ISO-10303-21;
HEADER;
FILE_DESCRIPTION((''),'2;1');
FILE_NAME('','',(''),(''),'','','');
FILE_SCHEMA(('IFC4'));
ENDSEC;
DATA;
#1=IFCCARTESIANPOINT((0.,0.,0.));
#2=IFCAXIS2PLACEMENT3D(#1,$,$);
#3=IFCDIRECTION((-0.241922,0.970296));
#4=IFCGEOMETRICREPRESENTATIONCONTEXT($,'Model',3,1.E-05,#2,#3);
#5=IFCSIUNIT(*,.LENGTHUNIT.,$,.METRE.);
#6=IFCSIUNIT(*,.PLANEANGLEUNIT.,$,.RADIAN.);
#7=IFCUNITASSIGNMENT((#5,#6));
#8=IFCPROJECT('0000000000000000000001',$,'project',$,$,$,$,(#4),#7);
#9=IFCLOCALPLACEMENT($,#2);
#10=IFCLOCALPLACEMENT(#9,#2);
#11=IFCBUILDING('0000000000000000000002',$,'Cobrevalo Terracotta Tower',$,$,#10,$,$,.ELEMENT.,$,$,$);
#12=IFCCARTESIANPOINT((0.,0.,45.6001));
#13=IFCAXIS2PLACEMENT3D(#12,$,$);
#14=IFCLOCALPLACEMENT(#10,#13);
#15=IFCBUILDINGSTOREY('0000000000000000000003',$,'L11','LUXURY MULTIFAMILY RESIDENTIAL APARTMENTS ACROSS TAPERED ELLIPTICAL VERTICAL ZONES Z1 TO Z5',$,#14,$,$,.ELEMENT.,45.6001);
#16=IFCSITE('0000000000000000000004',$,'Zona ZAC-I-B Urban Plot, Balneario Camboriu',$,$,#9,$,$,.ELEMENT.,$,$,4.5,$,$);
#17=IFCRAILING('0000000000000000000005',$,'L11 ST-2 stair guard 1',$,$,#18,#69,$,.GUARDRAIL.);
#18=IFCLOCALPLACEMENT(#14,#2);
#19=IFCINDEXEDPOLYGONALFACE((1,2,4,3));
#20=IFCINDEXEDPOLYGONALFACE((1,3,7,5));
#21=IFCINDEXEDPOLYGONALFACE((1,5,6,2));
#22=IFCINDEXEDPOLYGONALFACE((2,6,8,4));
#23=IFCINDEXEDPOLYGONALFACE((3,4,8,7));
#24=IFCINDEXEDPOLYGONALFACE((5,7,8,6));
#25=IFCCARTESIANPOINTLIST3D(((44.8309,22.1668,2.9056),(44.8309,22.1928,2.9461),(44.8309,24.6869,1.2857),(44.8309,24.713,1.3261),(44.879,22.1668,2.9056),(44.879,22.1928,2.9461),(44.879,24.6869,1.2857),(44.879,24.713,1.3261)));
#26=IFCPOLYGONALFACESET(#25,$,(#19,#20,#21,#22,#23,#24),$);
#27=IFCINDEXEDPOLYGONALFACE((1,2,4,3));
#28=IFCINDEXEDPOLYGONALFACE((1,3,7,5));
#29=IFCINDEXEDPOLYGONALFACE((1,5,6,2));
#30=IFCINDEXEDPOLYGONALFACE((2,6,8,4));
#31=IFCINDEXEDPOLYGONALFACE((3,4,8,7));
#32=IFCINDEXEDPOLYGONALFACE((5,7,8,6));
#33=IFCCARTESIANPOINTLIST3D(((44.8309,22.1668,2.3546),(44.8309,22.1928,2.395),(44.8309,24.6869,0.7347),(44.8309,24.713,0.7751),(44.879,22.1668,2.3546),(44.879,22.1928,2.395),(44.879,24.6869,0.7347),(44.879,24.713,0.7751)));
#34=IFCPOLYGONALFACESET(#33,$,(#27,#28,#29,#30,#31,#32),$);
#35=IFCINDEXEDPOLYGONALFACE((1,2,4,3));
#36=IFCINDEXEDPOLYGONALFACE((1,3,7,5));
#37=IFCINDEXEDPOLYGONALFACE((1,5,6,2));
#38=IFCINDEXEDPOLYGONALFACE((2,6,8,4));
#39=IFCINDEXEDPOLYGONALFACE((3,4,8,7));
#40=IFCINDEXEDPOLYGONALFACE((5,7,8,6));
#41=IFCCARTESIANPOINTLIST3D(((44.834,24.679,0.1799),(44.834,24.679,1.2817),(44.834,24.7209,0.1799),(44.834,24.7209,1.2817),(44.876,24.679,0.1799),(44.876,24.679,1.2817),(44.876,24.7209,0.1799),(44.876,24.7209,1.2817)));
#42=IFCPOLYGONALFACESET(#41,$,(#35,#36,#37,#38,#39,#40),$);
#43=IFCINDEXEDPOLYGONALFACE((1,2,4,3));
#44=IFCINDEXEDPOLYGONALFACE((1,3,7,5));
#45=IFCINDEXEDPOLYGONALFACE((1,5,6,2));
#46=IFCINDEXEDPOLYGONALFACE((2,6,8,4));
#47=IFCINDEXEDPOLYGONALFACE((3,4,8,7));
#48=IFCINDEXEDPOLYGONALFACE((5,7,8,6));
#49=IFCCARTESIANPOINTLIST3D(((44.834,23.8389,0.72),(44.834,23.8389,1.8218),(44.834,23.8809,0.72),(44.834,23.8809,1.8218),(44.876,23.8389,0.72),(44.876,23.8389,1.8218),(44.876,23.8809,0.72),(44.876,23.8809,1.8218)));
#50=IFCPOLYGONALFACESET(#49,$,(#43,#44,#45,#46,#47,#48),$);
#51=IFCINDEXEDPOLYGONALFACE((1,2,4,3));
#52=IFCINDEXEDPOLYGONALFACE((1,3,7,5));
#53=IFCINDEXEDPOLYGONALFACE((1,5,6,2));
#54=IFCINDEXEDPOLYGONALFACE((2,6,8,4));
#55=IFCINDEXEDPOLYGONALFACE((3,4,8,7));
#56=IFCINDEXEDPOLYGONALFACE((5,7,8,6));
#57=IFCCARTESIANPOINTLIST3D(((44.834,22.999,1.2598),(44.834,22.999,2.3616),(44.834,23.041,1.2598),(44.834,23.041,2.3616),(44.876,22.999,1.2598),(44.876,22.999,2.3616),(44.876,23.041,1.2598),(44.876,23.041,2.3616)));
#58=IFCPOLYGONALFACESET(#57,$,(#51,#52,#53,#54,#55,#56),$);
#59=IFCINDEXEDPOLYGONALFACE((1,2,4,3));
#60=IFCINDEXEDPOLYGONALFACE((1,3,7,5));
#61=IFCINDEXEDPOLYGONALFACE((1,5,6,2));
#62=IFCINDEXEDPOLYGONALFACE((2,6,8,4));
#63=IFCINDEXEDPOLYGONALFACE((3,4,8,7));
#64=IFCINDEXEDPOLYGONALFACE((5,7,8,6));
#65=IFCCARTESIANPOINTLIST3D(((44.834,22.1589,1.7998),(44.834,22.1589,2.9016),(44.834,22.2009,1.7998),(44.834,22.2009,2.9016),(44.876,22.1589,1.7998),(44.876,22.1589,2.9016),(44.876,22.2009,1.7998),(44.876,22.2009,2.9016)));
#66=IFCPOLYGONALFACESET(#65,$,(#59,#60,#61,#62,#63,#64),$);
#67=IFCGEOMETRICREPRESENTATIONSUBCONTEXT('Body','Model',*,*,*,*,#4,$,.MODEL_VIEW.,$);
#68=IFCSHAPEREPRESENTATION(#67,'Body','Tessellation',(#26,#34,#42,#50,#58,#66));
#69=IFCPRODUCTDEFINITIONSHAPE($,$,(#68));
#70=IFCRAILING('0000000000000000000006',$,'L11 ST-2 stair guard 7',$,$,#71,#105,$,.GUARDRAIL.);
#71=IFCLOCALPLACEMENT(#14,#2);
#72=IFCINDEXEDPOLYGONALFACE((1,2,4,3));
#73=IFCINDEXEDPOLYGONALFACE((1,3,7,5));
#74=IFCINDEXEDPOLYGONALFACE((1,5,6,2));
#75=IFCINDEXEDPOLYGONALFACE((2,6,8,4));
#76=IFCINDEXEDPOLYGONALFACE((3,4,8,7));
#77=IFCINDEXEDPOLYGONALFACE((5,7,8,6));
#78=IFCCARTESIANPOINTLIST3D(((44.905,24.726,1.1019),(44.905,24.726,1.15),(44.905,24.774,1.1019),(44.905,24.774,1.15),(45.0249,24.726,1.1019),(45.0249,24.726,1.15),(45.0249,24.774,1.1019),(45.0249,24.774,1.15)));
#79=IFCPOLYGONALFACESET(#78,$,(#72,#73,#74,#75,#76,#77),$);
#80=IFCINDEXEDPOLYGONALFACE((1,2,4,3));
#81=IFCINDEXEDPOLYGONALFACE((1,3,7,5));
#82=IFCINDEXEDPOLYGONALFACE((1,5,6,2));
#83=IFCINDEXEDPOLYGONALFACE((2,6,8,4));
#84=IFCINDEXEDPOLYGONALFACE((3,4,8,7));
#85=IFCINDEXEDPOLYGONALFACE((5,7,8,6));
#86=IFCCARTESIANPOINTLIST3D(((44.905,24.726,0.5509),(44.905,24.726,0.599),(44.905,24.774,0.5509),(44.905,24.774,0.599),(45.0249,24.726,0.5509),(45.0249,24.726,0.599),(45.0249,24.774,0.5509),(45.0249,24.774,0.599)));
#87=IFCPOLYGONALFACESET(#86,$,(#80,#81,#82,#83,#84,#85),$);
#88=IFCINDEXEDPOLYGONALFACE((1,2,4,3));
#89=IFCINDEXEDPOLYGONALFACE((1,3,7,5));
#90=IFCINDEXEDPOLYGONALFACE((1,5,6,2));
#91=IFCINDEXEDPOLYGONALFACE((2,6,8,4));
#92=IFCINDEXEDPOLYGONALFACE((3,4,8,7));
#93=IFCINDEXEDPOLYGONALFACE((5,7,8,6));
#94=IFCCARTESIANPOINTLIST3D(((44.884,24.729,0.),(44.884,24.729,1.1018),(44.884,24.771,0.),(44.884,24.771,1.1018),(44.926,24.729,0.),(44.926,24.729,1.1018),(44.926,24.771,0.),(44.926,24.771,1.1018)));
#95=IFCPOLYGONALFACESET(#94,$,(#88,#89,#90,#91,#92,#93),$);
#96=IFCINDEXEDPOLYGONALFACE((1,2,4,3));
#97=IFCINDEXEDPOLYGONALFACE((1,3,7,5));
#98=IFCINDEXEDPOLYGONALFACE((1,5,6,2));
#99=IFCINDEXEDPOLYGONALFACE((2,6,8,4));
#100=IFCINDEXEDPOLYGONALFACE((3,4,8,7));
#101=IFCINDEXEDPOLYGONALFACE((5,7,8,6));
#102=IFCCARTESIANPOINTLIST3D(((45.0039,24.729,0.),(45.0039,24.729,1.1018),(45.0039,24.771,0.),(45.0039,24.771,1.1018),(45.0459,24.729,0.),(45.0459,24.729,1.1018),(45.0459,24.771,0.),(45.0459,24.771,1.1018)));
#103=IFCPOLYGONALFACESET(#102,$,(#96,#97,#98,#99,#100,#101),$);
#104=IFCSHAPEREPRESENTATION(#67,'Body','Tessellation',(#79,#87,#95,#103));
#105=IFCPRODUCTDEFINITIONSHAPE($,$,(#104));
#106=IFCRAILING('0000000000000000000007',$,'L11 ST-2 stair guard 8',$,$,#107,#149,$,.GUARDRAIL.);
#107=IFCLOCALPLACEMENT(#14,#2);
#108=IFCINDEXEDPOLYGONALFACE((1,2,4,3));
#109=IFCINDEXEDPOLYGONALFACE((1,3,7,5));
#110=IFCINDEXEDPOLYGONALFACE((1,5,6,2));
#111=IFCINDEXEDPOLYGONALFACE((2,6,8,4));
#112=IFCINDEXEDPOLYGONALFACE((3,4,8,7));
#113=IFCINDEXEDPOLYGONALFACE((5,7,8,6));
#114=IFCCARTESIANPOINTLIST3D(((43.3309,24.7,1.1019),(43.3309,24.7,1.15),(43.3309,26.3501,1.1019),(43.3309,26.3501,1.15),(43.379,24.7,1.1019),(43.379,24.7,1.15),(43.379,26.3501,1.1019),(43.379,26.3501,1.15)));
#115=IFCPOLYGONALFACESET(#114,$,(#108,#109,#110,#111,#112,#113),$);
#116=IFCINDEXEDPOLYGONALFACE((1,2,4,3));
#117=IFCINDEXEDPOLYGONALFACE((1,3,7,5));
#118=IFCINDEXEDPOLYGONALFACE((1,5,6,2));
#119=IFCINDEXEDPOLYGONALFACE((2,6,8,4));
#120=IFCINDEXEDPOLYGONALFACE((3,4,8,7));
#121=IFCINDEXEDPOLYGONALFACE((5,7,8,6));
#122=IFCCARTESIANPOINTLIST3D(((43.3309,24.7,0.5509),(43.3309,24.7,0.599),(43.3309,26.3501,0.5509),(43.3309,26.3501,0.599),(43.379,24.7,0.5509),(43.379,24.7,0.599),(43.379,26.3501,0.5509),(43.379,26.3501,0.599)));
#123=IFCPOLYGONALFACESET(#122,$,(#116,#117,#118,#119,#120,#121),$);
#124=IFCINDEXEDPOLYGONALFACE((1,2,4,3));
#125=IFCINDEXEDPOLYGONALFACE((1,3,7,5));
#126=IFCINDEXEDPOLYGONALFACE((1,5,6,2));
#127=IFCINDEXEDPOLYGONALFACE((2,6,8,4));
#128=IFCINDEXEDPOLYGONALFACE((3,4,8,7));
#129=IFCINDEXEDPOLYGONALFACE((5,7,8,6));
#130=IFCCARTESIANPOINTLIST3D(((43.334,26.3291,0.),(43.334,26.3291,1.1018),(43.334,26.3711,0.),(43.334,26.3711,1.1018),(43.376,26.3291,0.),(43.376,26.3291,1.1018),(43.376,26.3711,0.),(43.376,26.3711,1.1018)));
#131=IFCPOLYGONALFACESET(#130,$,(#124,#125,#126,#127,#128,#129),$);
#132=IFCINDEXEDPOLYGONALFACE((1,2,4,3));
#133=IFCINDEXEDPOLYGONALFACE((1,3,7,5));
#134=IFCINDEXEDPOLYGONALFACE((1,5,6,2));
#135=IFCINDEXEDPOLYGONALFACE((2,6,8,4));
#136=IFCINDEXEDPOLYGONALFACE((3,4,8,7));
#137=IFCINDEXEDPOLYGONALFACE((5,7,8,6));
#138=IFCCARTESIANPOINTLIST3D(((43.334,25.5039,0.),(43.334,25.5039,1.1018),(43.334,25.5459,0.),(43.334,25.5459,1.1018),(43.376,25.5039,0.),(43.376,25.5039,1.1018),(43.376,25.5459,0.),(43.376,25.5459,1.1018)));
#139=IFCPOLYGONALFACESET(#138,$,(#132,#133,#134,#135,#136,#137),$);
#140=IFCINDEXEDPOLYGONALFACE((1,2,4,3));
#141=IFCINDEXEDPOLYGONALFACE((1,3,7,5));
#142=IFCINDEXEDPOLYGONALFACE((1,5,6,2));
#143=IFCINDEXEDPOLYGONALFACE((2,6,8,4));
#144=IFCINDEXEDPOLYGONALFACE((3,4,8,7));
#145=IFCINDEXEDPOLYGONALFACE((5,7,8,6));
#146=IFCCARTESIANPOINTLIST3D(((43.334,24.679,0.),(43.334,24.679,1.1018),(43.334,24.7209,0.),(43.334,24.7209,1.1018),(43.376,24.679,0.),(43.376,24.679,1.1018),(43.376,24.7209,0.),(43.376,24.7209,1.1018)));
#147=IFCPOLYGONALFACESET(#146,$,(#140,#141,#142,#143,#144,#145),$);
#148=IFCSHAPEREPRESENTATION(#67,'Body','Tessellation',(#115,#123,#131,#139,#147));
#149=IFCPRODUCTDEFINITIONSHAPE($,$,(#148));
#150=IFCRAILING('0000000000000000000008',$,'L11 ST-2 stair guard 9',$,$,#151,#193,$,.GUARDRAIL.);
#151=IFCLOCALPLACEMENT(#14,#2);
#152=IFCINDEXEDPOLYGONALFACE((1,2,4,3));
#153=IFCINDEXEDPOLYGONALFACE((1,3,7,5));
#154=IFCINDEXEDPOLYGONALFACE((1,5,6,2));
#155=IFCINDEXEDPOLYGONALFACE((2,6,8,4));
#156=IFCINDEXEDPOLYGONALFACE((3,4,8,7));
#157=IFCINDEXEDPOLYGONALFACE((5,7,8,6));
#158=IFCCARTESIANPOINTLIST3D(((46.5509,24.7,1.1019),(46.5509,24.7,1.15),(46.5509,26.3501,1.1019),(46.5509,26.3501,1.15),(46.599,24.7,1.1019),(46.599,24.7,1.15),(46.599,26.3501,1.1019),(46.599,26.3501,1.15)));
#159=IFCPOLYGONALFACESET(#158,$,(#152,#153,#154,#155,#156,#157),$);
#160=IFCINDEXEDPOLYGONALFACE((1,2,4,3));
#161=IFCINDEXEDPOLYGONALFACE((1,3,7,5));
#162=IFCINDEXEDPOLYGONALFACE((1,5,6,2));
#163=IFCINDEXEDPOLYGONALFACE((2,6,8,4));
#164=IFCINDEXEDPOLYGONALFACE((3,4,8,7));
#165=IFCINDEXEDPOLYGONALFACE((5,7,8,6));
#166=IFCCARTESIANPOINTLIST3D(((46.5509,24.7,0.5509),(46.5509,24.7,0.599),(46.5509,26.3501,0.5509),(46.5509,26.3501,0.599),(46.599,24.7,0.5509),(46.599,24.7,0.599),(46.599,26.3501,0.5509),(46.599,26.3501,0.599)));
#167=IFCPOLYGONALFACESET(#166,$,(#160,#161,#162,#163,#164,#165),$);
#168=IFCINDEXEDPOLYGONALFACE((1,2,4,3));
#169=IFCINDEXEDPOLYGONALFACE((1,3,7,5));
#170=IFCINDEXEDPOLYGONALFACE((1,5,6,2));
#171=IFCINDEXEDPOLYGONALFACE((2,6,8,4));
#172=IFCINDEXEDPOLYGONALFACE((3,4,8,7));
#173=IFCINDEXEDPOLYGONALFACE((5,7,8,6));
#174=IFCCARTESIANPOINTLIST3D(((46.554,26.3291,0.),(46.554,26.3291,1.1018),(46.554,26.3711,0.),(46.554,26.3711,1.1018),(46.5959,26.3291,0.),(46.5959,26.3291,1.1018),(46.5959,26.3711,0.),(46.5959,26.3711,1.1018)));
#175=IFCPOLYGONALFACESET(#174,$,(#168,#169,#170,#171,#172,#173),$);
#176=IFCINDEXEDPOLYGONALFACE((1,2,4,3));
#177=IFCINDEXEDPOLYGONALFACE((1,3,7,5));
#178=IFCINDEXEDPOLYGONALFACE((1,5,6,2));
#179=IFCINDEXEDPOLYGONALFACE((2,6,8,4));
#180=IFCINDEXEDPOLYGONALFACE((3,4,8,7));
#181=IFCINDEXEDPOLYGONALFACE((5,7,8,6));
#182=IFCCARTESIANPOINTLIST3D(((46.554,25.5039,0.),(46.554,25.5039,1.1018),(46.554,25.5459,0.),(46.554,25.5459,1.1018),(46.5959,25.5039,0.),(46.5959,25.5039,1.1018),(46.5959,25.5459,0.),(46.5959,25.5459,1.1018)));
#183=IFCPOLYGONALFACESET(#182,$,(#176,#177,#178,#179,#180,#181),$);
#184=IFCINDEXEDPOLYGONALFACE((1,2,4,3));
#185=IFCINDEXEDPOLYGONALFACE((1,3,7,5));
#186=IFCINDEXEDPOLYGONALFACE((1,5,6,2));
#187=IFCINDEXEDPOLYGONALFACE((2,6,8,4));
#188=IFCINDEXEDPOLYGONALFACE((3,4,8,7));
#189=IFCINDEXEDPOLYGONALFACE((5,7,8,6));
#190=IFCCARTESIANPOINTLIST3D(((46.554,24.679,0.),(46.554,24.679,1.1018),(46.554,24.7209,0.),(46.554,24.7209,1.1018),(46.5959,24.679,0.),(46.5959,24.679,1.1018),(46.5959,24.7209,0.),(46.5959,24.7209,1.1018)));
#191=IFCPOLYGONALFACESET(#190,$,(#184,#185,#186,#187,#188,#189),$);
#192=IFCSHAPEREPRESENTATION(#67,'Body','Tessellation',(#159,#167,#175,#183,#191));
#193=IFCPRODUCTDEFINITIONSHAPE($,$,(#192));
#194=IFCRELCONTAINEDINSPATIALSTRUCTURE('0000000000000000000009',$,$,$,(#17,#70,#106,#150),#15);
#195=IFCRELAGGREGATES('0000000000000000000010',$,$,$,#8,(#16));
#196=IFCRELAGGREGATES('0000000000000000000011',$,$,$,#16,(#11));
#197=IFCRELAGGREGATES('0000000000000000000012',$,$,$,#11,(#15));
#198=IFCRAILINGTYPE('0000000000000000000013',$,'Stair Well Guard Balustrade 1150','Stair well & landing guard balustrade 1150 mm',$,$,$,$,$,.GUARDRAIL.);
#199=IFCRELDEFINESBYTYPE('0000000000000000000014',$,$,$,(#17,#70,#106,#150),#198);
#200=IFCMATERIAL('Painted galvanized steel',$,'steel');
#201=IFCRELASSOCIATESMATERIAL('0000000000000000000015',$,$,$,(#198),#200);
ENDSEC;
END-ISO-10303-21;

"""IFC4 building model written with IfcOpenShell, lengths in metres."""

from ifc_helpers import new_model, si_unit, direction, frame, origin, origin_2d, place, context, subcontext, project, spatial, rectangle, extrude, material, type_object, element, save


model = new_model("IFC4")

# Units and contexts
model_context = context("Model", 3, precision=1e-05, world=origin(), true_north=direction((-0.241922, 0.970296)))
body_context = subcontext(model_context, "Body", "Model", "MODEL_VIEW")
ifc_project = project(units=[si_unit("LENGTHUNIT", "METRE"), si_unit("PLANEANGLEUNIT", "RADIAN")], contexts=[model_context])

# Site, building, storey
site_placement = place(None, origin())
site = spatial("IfcSite", under=ifc_project, at=site_placement, Name="Zona ZAC-I-B Urban Plot, Balneario Camboriu", CompositionType="ELEMENT", RefElevation=4.5)
building_placement = place(site_placement, origin())
building = spatial("IfcBuilding", under=site, at=building_placement, Name="Cobrevalo Terracotta Tower", CompositionType="ELEMENT")
storey_placement = place(building_placement, frame((0.0, 0.0, 45.6001)))
storey = spatial("IfcBuildingStorey", under=building, at=storey_placement, Name="L11", Description="LUXURY MULTIFAMILY RESIDENTIAL APARTMENTS ACROSS TAPERED ELLIPTICAL VERTICAL ZONES Z1 TO Z5", CompositionType="ELEMENT", Elevation=45.6001)

# Railings
ifc_material_1 = material(Name="Painted galvanized steel", Category="steel")
railing_type_1 = type_object("IfcRailingType", Name="Stair Well Guard Balustrade 1150", Description="Stair well & landing guard balustrade 1150 mm", PredefinedType="GUARDRAIL", material=ifc_material_1)
railing_1_placement = place(storey_placement, frame((44.855, 24.7, 0.1799)))
element("IfcRailing", 1, at=railing_1_placement, inside=storey, type_object=railing_type_1, Name="L11 ST-2 stair guard 1", PredefinedType="GUARDRAIL", context=body_context, shape_type="SweptSolid", body=[
    extrude(rectangle(XDim=0.0481, YDim=0.0481, at=origin_2d()), frame((0.0, 0.0, 1.126), z_axis=(0.0, -0.8412, 0.540725), x_axis=(1.0, 0.0, 0.0)), (0.0, 0.0, 1.0), 2.9958),
    extrude(rectangle(XDim=0.0481, YDim=0.0481, at=origin_2d()), frame((0.0, 0.0, 0.575), z_axis=(0.0, -0.8412, 0.540725), x_axis=(1.0, 0.0, 0.0)), (0.0, 0.0, 1.0), 2.9958),
    extrude(rectangle(XDim=0.042, YDim=0.042, at=origin_2d()), origin(), (0.0, 0.0, 1.0), 1.1018),
    extrude(rectangle(XDim=0.042, YDim=0.042, at=origin_2d()), frame((0.0, -0.8401, 0.54)), (0.0, 0.0, 1.0), 1.1018),
    extrude(rectangle(XDim=0.042, YDim=0.042, at=origin_2d()), frame((0.0, -1.6799, 1.0798)), (0.0, 0.0, 1.0), 1.1018),
    extrude(rectangle(XDim=0.042, YDim=0.042, at=origin_2d()), frame((0.0, -2.52, 1.6199)), (0.0, 0.0, 1.0), 1.1018),
])
railing_2_placement = place(storey_placement, frame((44.905, 24.75, 0.0)))
element("IfcRailing", 2, at=railing_2_placement, inside=storey, type_object=railing_type_1, Name="L11 ST-2 stair guard 7", PredefinedType="GUARDRAIL", context=body_context, shape_type="SweptSolid", body=[
    extrude(rectangle(XDim=0.0481, YDim=0.0481, at=origin_2d()), frame((0.0, 0.0, 1.126), z_axis=(1.0, 0.0, 0.0), x_axis=(0.0, 1.0, 0.0)), (0.0, 0.0, 1.0), 0.1199),
    extrude(rectangle(XDim=0.0481, YDim=0.0481, at=origin_2d()), frame((0.0, 0.0, 0.575), z_axis=(1.0, 0.0, 0.0), x_axis=(0.0, 1.0, 0.0)), (0.0, 0.0, 1.0), 0.1199),
    extrude(rectangle(XDim=0.042, YDim=0.042, at=origin_2d()), origin(), (0.0, 0.0, 1.0), 1.1018),
    extrude(rectangle(XDim=0.042, YDim=0.042, at=origin_2d()), frame((0.1199, 0.0, 0.0)), (0.0, 0.0, 1.0), 1.1018),
])
for number, where, name in (
    (3, (43.355, 26.3501, 0.0), "L11 ST-2 stair guard 8"),
    (4, (46.575, 26.3501, 0.0), "L11 ST-2 stair guard 9"),
):
    element("IfcRailing", number, at=place(storey_placement, frame(where)), inside=storey, type_object=railing_type_1, Name=name, PredefinedType="GUARDRAIL", context=body_context, shape_type="SweptSolid", body=[
        extrude(rectangle(XDim=0.0481, YDim=0.0481, at=origin_2d()), frame((0.0, 0.0, 1.126), z_axis=(0.0, -1.0, 0.0), x_axis=(1.0, 0.0, 0.0)), (0.0, 0.0, 1.0), 1.6501),
        extrude(rectangle(XDim=0.0481, YDim=0.0481, at=origin_2d()), frame((0.0, 0.0, 0.575), z_axis=(0.0, -1.0, 0.0), x_axis=(1.0, 0.0, 0.0)), (0.0, 0.0, 1.0), 1.6501),
        extrude(rectangle(XDim=0.042, YDim=0.042, at=origin_2d()), origin(), (0.0, 0.0, 1.0), 1.1018),
        extrude(rectangle(XDim=0.042, YDim=0.042, at=origin_2d()), frame((0.0, -0.8252, 0.0)), (0.0, 0.0, 1.0), 1.1018),
        extrude(rectangle(XDim=0.042, YDim=0.042, at=origin_2d()), frame((0.0, -1.6501, 0.0)), (0.0, 0.0, 1.0), 1.1018),
    ])

save(model, "model.ifc")
